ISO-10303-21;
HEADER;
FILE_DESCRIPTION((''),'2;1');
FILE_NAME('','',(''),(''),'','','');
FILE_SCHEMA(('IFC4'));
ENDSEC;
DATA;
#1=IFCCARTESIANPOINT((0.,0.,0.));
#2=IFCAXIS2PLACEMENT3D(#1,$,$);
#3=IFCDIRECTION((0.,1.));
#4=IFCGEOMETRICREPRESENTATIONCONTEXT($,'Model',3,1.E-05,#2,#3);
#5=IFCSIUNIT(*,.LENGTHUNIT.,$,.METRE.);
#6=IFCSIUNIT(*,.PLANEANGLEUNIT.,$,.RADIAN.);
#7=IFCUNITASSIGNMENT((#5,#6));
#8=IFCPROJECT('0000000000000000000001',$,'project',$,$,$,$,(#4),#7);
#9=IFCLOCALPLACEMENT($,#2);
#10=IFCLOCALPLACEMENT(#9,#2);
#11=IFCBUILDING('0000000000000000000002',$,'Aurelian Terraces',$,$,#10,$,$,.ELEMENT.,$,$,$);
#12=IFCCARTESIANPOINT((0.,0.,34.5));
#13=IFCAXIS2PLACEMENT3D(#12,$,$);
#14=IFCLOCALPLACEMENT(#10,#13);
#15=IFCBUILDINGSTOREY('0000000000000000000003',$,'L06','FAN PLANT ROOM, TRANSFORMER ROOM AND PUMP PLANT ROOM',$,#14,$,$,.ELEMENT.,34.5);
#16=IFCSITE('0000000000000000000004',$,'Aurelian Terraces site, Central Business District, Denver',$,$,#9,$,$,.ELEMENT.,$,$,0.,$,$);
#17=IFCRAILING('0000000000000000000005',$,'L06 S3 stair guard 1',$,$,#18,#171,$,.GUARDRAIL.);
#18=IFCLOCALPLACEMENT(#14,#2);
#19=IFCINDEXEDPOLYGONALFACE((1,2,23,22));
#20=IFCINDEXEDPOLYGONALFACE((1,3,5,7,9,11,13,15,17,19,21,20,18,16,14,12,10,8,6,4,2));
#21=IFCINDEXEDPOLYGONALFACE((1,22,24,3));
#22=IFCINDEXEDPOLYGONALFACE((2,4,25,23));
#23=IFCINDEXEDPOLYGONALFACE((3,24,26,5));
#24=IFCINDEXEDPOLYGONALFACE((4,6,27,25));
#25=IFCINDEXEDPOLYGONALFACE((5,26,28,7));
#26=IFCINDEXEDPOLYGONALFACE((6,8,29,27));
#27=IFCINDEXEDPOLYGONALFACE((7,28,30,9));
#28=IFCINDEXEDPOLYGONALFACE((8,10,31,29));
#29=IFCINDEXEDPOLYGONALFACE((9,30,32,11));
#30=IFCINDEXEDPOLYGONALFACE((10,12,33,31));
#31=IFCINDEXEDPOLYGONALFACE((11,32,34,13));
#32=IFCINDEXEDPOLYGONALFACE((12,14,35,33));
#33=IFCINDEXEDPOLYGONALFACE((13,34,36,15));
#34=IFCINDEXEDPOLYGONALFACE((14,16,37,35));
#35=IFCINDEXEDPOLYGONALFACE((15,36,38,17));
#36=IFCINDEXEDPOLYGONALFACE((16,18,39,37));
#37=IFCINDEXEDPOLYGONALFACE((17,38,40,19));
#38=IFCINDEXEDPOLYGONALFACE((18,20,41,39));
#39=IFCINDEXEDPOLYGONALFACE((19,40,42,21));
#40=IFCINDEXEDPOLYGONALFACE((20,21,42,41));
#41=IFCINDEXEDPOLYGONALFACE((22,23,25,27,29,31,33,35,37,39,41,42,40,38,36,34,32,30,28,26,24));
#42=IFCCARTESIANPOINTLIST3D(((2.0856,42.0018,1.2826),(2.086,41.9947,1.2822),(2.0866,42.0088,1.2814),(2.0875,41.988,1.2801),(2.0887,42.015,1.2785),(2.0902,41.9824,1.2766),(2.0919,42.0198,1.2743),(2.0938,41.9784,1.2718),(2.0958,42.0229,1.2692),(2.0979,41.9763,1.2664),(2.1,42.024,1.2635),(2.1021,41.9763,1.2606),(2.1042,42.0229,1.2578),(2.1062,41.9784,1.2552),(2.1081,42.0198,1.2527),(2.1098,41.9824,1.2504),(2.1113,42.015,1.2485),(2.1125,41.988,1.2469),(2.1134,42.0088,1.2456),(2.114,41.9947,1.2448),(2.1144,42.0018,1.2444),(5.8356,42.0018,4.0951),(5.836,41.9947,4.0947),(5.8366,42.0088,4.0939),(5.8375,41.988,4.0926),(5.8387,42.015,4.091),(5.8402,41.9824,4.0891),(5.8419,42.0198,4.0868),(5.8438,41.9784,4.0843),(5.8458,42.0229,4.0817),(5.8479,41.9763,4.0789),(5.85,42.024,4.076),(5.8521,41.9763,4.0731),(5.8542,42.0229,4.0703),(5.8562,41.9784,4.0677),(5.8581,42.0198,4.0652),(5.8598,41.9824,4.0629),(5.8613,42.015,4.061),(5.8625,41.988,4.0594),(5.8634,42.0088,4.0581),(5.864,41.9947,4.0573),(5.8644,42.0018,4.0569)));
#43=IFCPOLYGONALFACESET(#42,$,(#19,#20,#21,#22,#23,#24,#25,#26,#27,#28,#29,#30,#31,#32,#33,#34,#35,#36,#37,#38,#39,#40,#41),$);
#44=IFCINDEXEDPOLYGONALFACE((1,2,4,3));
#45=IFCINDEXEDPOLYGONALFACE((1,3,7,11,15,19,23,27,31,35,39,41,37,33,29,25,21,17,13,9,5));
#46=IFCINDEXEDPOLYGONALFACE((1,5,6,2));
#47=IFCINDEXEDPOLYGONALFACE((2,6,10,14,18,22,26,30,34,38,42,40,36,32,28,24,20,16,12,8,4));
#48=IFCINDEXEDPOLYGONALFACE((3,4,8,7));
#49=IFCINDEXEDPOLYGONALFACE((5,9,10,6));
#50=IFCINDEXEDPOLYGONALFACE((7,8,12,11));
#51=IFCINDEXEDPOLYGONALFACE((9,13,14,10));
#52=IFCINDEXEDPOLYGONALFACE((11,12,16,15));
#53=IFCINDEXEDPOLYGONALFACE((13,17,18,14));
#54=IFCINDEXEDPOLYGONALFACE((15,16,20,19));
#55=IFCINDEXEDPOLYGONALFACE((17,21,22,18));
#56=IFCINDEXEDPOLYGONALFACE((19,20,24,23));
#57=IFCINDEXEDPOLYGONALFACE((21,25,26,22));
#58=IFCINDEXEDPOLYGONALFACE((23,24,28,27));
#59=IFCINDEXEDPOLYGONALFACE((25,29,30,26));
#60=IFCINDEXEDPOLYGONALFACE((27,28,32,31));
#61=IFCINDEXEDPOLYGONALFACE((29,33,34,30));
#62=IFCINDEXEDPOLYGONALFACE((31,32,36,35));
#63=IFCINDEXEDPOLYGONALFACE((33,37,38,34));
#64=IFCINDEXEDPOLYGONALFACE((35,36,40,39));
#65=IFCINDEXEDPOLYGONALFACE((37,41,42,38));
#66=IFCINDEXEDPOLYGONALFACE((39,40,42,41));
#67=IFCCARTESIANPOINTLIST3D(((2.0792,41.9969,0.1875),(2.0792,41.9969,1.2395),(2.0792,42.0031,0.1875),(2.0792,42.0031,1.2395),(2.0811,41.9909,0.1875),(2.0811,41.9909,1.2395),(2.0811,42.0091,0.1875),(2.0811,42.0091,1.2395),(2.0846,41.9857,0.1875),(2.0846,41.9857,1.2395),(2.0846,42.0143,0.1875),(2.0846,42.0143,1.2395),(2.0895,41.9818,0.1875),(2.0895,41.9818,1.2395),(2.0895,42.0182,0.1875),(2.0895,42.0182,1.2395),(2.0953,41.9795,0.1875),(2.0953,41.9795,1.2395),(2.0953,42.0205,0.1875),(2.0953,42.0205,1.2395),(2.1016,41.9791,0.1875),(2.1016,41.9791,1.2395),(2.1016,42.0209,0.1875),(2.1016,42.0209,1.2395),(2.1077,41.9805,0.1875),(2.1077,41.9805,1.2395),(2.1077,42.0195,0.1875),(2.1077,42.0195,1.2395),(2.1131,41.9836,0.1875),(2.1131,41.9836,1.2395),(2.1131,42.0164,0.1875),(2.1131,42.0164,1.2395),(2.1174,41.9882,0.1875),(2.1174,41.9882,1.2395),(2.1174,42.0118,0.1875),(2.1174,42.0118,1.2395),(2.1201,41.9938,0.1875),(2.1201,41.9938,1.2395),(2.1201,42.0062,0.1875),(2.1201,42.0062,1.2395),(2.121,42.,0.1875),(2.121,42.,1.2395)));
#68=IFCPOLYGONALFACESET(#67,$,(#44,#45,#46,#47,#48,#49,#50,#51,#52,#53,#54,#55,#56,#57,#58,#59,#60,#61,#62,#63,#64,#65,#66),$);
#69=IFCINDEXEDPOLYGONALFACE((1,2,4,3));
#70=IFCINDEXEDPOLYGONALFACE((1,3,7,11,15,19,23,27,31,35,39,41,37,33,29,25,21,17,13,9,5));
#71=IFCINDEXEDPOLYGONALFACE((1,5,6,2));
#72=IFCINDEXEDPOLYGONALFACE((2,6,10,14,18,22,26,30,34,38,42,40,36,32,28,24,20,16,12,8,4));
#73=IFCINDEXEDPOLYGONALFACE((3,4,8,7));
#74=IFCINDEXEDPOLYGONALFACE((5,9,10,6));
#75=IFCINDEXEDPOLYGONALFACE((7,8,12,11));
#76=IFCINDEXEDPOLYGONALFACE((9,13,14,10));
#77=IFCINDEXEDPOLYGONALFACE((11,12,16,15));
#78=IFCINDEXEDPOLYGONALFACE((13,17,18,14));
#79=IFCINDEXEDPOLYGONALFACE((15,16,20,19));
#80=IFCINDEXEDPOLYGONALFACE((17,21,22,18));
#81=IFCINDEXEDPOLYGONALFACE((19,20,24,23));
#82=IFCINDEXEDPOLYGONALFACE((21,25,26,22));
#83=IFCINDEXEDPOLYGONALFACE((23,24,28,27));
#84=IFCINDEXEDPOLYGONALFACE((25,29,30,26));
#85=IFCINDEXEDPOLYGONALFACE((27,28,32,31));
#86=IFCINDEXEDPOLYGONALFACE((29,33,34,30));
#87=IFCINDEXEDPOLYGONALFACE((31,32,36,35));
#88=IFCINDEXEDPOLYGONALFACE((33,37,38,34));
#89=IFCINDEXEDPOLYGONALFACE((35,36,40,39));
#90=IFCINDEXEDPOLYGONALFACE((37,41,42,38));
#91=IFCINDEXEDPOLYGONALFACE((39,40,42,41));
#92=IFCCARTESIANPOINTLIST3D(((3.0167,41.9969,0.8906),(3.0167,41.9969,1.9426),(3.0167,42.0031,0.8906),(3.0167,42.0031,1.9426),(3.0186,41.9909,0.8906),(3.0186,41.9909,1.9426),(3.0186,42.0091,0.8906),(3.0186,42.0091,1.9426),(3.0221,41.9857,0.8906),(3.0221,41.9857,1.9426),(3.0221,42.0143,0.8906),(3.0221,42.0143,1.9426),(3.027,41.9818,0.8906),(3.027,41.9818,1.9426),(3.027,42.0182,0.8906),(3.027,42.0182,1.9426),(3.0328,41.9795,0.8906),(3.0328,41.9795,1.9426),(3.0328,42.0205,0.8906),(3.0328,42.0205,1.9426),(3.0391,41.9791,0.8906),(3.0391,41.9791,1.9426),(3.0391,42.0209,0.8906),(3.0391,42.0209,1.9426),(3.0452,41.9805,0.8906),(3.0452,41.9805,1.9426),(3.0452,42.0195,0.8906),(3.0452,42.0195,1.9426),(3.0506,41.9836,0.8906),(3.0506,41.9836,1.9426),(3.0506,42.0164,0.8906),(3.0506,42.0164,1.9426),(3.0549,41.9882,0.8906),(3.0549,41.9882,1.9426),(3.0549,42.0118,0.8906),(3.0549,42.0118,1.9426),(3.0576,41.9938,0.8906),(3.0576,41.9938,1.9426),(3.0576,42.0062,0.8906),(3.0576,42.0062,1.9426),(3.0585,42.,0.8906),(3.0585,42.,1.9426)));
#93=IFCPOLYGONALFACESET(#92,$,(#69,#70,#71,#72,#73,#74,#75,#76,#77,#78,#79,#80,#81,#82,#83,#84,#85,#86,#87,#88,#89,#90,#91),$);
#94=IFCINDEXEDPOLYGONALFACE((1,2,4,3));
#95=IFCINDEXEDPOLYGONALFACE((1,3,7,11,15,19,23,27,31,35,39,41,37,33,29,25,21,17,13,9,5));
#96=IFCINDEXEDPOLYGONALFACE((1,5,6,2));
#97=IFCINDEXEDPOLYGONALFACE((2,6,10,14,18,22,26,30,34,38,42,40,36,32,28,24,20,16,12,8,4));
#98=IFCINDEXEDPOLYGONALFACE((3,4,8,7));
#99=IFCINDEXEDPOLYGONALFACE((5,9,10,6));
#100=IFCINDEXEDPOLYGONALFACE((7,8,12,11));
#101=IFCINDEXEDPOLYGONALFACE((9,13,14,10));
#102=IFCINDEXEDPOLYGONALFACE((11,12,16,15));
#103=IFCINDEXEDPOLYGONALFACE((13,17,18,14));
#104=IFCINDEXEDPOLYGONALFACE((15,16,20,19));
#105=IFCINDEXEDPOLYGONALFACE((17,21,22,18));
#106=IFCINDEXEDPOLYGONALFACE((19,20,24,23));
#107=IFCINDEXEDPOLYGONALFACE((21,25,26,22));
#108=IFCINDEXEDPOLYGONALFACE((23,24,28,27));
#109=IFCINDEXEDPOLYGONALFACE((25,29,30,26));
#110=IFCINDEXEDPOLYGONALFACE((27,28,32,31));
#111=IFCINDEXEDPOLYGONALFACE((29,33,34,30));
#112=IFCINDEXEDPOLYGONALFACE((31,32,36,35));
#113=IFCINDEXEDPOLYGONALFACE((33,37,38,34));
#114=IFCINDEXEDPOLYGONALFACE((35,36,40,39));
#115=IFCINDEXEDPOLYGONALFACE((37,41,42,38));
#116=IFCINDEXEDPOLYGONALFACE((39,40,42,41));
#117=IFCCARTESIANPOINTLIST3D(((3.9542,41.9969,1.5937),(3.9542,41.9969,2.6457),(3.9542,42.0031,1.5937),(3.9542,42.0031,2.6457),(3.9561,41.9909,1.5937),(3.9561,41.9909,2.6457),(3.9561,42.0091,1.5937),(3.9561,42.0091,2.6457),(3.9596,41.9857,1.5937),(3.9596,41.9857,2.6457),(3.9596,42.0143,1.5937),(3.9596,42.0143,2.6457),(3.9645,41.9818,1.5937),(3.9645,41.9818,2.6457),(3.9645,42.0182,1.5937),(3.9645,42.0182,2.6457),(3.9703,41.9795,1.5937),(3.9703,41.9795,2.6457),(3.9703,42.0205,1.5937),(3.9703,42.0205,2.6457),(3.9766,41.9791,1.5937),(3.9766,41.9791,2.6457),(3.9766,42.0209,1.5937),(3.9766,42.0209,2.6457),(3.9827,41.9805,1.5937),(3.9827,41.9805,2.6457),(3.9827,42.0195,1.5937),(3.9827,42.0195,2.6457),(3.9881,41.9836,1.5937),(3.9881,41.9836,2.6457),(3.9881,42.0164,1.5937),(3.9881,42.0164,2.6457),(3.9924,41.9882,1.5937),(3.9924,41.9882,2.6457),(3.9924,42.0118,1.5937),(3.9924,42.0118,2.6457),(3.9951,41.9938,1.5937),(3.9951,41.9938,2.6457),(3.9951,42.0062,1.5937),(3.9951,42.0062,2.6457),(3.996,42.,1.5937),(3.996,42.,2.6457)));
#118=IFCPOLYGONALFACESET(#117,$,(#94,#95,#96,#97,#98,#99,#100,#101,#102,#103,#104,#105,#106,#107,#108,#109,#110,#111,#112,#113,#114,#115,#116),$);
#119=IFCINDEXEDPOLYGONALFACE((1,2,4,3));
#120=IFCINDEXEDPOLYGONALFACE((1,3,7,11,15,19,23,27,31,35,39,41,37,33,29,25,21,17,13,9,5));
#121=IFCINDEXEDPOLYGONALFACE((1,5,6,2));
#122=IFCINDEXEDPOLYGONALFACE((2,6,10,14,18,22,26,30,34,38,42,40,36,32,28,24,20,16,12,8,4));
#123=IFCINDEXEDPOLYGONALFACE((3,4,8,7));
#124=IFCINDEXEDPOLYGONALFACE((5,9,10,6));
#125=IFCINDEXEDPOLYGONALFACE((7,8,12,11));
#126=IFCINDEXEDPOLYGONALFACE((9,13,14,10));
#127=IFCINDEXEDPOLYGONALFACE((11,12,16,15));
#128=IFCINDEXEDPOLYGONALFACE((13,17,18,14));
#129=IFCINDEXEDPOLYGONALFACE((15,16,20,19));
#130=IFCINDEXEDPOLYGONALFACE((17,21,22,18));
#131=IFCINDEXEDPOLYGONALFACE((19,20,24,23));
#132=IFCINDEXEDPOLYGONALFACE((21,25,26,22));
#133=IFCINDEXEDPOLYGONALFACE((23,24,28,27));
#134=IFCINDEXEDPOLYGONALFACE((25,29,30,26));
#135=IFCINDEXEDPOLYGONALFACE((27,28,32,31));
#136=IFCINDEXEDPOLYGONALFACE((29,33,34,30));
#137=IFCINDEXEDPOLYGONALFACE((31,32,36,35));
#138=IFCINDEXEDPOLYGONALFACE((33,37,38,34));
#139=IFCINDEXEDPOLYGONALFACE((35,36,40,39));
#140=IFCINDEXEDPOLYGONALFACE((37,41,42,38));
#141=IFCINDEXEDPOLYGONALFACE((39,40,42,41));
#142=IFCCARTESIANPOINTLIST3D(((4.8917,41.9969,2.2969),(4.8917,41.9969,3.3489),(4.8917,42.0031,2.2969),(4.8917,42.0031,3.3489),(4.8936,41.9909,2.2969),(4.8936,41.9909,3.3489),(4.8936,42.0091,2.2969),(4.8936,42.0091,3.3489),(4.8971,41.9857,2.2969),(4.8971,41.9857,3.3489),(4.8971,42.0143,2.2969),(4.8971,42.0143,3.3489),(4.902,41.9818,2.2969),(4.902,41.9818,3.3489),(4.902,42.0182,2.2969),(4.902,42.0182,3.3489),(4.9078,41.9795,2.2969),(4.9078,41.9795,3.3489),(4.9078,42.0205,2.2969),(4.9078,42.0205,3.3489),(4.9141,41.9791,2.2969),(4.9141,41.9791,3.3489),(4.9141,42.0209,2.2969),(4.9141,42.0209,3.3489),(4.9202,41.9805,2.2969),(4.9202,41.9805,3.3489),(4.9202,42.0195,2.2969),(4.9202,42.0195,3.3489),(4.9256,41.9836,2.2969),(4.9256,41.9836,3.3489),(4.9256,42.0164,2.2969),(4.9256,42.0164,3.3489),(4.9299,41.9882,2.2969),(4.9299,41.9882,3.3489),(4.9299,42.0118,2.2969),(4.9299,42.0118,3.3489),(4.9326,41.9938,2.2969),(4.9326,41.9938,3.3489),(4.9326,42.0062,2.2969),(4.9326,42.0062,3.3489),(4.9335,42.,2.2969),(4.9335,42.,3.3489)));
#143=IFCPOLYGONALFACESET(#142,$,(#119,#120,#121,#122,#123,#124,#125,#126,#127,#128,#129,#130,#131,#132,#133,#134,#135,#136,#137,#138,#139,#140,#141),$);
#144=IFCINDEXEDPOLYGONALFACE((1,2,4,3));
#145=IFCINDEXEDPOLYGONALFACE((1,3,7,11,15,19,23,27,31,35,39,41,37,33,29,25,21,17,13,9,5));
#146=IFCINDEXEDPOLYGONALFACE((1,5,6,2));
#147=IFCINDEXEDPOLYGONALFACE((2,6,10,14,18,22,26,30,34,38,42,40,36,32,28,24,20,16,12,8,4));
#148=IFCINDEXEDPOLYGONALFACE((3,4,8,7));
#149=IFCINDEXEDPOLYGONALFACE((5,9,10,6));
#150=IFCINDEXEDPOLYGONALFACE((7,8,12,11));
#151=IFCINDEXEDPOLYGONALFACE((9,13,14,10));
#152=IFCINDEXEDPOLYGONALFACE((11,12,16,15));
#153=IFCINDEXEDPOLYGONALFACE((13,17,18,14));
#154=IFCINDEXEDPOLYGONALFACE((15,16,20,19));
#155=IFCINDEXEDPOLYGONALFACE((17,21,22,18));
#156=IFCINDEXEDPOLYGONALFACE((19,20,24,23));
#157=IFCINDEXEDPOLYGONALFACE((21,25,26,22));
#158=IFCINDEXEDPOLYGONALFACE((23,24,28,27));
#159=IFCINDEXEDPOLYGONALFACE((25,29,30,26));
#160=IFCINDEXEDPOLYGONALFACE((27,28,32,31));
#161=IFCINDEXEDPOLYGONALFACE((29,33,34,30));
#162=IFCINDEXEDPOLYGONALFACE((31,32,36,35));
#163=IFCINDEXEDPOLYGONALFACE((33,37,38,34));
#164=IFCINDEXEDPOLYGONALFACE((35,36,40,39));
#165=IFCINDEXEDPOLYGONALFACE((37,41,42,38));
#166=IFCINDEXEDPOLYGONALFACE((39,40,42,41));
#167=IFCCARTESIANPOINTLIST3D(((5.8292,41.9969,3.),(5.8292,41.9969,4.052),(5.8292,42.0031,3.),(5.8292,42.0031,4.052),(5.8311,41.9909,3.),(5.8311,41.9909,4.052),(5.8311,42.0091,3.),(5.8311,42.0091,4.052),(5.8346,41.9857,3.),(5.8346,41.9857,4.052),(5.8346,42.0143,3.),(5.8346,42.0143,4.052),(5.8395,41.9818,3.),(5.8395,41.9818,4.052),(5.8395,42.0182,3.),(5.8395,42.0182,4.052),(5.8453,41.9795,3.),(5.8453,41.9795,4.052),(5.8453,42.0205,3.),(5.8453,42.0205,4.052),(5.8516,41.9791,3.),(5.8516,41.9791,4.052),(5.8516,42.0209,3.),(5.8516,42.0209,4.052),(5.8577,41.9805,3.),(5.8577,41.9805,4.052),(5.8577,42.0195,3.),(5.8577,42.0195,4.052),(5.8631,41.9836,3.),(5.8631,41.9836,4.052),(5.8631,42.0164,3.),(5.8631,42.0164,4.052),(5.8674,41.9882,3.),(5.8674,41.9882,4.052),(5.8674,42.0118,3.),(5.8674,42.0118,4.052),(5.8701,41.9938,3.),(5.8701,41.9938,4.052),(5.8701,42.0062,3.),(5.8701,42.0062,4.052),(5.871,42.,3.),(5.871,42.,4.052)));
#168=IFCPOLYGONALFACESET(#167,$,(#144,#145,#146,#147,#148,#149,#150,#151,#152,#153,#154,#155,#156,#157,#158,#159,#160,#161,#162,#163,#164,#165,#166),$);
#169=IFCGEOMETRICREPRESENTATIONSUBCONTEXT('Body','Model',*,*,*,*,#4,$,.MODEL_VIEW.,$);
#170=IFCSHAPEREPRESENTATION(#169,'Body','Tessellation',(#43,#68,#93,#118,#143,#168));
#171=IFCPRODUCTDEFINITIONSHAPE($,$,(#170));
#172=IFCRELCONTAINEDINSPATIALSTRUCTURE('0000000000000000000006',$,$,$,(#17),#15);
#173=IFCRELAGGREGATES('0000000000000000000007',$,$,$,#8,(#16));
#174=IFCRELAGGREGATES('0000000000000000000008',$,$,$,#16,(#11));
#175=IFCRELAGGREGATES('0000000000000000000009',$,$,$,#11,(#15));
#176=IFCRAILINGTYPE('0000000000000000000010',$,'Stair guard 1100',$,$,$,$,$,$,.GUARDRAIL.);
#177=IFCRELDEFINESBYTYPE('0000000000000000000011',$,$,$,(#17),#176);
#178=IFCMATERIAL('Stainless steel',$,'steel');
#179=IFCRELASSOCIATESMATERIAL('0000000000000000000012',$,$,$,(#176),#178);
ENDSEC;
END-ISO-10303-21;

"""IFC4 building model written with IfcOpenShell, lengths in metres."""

from ifc_helpers import new_model, si_unit, direction, frame, origin, origin_2d, place, context, subcontext, project, spatial, circle, extrude, material, type_object, element, save


model = new_model("IFC4")

# Units and contexts
model_context = context("Model", 3, precision=1e-05, world=origin(), true_north=direction((0.0, 1.0)))
body_context = subcontext(model_context, "Body", "Model", "MODEL_VIEW")
ifc_project = project(units=[si_unit("LENGTHUNIT", "METRE"), si_unit("PLANEANGLEUNIT", "RADIAN")], contexts=[model_context])

# Site, building, storey
site_placement = place(None, origin())
site = spatial("IfcSite", under=ifc_project, at=site_placement, Name="Aurelian Terraces site, Central Business District, Denver", CompositionType="ELEMENT", RefElevation=0.0)
building_placement = place(site_placement, origin())
building = spatial("IfcBuilding", under=site, at=building_placement, Name="Aurelian Terraces", CompositionType="ELEMENT")
storey_placement = place(building_placement, frame((0.0, 0.0, 34.5)))
storey = spatial("IfcBuildingStorey", under=building, at=storey_placement, Name="L06", Description="FAN PLANT ROOM, TRANSFORMER ROOM AND PUMP PLANT ROOM", CompositionType="ELEMENT", Elevation=34.5)

# Railing
ifc_material_1 = material(Name="Stainless steel", Category="steel")
railing_type_1 = type_object("IfcRailingType", Name="Stair guard 1100", PredefinedType="GUARDRAIL", material=ifc_material_1)
railing_1_placement = place(storey_placement, frame((2.1, 42.0, 0.1875)))
element("IfcRailing", 1, at=railing_1_placement, inside=storey, type_object=railing_type_1, Name="L06 S3 stair guard 1", PredefinedType="GUARDRAIL", context=body_context, shape_type="SweptSolid", body=[
    extrude(circle(Radius=0.024, at=origin_2d()), frame((0.0, 0.0, 1.076), z_axis=(0.8, 0.0, 0.6), x_axis=(0.0, 1.0, 0.0)), (0.0, 0.0, 1.0), 4.6875),
    extrude(circle(Radius=0.021, at=origin_2d()), origin(), (0.0, 0.0, 1.0), 1.052),
    extrude(circle(Radius=0.021, at=origin_2d()), frame((0.9375, 0.0, 0.7031)), (0.0, 0.0, 1.0), 1.052),
    extrude(circle(Radius=0.021, at=origin_2d()), frame((1.875, 0.0, 1.4062)), (0.0, 0.0, 1.0), 1.052),
    extrude(circle(Radius=0.021, at=origin_2d()), frame((2.8125, 0.0, 2.1094)), (0.0, 0.0, 1.0), 1.052),
    extrude(circle(Radius=0.021, at=origin_2d()), frame((3.75, 0.0, 2.8125)), (0.0, 0.0, 1.0), 1.052),
])

save(model, "model.ifc")
